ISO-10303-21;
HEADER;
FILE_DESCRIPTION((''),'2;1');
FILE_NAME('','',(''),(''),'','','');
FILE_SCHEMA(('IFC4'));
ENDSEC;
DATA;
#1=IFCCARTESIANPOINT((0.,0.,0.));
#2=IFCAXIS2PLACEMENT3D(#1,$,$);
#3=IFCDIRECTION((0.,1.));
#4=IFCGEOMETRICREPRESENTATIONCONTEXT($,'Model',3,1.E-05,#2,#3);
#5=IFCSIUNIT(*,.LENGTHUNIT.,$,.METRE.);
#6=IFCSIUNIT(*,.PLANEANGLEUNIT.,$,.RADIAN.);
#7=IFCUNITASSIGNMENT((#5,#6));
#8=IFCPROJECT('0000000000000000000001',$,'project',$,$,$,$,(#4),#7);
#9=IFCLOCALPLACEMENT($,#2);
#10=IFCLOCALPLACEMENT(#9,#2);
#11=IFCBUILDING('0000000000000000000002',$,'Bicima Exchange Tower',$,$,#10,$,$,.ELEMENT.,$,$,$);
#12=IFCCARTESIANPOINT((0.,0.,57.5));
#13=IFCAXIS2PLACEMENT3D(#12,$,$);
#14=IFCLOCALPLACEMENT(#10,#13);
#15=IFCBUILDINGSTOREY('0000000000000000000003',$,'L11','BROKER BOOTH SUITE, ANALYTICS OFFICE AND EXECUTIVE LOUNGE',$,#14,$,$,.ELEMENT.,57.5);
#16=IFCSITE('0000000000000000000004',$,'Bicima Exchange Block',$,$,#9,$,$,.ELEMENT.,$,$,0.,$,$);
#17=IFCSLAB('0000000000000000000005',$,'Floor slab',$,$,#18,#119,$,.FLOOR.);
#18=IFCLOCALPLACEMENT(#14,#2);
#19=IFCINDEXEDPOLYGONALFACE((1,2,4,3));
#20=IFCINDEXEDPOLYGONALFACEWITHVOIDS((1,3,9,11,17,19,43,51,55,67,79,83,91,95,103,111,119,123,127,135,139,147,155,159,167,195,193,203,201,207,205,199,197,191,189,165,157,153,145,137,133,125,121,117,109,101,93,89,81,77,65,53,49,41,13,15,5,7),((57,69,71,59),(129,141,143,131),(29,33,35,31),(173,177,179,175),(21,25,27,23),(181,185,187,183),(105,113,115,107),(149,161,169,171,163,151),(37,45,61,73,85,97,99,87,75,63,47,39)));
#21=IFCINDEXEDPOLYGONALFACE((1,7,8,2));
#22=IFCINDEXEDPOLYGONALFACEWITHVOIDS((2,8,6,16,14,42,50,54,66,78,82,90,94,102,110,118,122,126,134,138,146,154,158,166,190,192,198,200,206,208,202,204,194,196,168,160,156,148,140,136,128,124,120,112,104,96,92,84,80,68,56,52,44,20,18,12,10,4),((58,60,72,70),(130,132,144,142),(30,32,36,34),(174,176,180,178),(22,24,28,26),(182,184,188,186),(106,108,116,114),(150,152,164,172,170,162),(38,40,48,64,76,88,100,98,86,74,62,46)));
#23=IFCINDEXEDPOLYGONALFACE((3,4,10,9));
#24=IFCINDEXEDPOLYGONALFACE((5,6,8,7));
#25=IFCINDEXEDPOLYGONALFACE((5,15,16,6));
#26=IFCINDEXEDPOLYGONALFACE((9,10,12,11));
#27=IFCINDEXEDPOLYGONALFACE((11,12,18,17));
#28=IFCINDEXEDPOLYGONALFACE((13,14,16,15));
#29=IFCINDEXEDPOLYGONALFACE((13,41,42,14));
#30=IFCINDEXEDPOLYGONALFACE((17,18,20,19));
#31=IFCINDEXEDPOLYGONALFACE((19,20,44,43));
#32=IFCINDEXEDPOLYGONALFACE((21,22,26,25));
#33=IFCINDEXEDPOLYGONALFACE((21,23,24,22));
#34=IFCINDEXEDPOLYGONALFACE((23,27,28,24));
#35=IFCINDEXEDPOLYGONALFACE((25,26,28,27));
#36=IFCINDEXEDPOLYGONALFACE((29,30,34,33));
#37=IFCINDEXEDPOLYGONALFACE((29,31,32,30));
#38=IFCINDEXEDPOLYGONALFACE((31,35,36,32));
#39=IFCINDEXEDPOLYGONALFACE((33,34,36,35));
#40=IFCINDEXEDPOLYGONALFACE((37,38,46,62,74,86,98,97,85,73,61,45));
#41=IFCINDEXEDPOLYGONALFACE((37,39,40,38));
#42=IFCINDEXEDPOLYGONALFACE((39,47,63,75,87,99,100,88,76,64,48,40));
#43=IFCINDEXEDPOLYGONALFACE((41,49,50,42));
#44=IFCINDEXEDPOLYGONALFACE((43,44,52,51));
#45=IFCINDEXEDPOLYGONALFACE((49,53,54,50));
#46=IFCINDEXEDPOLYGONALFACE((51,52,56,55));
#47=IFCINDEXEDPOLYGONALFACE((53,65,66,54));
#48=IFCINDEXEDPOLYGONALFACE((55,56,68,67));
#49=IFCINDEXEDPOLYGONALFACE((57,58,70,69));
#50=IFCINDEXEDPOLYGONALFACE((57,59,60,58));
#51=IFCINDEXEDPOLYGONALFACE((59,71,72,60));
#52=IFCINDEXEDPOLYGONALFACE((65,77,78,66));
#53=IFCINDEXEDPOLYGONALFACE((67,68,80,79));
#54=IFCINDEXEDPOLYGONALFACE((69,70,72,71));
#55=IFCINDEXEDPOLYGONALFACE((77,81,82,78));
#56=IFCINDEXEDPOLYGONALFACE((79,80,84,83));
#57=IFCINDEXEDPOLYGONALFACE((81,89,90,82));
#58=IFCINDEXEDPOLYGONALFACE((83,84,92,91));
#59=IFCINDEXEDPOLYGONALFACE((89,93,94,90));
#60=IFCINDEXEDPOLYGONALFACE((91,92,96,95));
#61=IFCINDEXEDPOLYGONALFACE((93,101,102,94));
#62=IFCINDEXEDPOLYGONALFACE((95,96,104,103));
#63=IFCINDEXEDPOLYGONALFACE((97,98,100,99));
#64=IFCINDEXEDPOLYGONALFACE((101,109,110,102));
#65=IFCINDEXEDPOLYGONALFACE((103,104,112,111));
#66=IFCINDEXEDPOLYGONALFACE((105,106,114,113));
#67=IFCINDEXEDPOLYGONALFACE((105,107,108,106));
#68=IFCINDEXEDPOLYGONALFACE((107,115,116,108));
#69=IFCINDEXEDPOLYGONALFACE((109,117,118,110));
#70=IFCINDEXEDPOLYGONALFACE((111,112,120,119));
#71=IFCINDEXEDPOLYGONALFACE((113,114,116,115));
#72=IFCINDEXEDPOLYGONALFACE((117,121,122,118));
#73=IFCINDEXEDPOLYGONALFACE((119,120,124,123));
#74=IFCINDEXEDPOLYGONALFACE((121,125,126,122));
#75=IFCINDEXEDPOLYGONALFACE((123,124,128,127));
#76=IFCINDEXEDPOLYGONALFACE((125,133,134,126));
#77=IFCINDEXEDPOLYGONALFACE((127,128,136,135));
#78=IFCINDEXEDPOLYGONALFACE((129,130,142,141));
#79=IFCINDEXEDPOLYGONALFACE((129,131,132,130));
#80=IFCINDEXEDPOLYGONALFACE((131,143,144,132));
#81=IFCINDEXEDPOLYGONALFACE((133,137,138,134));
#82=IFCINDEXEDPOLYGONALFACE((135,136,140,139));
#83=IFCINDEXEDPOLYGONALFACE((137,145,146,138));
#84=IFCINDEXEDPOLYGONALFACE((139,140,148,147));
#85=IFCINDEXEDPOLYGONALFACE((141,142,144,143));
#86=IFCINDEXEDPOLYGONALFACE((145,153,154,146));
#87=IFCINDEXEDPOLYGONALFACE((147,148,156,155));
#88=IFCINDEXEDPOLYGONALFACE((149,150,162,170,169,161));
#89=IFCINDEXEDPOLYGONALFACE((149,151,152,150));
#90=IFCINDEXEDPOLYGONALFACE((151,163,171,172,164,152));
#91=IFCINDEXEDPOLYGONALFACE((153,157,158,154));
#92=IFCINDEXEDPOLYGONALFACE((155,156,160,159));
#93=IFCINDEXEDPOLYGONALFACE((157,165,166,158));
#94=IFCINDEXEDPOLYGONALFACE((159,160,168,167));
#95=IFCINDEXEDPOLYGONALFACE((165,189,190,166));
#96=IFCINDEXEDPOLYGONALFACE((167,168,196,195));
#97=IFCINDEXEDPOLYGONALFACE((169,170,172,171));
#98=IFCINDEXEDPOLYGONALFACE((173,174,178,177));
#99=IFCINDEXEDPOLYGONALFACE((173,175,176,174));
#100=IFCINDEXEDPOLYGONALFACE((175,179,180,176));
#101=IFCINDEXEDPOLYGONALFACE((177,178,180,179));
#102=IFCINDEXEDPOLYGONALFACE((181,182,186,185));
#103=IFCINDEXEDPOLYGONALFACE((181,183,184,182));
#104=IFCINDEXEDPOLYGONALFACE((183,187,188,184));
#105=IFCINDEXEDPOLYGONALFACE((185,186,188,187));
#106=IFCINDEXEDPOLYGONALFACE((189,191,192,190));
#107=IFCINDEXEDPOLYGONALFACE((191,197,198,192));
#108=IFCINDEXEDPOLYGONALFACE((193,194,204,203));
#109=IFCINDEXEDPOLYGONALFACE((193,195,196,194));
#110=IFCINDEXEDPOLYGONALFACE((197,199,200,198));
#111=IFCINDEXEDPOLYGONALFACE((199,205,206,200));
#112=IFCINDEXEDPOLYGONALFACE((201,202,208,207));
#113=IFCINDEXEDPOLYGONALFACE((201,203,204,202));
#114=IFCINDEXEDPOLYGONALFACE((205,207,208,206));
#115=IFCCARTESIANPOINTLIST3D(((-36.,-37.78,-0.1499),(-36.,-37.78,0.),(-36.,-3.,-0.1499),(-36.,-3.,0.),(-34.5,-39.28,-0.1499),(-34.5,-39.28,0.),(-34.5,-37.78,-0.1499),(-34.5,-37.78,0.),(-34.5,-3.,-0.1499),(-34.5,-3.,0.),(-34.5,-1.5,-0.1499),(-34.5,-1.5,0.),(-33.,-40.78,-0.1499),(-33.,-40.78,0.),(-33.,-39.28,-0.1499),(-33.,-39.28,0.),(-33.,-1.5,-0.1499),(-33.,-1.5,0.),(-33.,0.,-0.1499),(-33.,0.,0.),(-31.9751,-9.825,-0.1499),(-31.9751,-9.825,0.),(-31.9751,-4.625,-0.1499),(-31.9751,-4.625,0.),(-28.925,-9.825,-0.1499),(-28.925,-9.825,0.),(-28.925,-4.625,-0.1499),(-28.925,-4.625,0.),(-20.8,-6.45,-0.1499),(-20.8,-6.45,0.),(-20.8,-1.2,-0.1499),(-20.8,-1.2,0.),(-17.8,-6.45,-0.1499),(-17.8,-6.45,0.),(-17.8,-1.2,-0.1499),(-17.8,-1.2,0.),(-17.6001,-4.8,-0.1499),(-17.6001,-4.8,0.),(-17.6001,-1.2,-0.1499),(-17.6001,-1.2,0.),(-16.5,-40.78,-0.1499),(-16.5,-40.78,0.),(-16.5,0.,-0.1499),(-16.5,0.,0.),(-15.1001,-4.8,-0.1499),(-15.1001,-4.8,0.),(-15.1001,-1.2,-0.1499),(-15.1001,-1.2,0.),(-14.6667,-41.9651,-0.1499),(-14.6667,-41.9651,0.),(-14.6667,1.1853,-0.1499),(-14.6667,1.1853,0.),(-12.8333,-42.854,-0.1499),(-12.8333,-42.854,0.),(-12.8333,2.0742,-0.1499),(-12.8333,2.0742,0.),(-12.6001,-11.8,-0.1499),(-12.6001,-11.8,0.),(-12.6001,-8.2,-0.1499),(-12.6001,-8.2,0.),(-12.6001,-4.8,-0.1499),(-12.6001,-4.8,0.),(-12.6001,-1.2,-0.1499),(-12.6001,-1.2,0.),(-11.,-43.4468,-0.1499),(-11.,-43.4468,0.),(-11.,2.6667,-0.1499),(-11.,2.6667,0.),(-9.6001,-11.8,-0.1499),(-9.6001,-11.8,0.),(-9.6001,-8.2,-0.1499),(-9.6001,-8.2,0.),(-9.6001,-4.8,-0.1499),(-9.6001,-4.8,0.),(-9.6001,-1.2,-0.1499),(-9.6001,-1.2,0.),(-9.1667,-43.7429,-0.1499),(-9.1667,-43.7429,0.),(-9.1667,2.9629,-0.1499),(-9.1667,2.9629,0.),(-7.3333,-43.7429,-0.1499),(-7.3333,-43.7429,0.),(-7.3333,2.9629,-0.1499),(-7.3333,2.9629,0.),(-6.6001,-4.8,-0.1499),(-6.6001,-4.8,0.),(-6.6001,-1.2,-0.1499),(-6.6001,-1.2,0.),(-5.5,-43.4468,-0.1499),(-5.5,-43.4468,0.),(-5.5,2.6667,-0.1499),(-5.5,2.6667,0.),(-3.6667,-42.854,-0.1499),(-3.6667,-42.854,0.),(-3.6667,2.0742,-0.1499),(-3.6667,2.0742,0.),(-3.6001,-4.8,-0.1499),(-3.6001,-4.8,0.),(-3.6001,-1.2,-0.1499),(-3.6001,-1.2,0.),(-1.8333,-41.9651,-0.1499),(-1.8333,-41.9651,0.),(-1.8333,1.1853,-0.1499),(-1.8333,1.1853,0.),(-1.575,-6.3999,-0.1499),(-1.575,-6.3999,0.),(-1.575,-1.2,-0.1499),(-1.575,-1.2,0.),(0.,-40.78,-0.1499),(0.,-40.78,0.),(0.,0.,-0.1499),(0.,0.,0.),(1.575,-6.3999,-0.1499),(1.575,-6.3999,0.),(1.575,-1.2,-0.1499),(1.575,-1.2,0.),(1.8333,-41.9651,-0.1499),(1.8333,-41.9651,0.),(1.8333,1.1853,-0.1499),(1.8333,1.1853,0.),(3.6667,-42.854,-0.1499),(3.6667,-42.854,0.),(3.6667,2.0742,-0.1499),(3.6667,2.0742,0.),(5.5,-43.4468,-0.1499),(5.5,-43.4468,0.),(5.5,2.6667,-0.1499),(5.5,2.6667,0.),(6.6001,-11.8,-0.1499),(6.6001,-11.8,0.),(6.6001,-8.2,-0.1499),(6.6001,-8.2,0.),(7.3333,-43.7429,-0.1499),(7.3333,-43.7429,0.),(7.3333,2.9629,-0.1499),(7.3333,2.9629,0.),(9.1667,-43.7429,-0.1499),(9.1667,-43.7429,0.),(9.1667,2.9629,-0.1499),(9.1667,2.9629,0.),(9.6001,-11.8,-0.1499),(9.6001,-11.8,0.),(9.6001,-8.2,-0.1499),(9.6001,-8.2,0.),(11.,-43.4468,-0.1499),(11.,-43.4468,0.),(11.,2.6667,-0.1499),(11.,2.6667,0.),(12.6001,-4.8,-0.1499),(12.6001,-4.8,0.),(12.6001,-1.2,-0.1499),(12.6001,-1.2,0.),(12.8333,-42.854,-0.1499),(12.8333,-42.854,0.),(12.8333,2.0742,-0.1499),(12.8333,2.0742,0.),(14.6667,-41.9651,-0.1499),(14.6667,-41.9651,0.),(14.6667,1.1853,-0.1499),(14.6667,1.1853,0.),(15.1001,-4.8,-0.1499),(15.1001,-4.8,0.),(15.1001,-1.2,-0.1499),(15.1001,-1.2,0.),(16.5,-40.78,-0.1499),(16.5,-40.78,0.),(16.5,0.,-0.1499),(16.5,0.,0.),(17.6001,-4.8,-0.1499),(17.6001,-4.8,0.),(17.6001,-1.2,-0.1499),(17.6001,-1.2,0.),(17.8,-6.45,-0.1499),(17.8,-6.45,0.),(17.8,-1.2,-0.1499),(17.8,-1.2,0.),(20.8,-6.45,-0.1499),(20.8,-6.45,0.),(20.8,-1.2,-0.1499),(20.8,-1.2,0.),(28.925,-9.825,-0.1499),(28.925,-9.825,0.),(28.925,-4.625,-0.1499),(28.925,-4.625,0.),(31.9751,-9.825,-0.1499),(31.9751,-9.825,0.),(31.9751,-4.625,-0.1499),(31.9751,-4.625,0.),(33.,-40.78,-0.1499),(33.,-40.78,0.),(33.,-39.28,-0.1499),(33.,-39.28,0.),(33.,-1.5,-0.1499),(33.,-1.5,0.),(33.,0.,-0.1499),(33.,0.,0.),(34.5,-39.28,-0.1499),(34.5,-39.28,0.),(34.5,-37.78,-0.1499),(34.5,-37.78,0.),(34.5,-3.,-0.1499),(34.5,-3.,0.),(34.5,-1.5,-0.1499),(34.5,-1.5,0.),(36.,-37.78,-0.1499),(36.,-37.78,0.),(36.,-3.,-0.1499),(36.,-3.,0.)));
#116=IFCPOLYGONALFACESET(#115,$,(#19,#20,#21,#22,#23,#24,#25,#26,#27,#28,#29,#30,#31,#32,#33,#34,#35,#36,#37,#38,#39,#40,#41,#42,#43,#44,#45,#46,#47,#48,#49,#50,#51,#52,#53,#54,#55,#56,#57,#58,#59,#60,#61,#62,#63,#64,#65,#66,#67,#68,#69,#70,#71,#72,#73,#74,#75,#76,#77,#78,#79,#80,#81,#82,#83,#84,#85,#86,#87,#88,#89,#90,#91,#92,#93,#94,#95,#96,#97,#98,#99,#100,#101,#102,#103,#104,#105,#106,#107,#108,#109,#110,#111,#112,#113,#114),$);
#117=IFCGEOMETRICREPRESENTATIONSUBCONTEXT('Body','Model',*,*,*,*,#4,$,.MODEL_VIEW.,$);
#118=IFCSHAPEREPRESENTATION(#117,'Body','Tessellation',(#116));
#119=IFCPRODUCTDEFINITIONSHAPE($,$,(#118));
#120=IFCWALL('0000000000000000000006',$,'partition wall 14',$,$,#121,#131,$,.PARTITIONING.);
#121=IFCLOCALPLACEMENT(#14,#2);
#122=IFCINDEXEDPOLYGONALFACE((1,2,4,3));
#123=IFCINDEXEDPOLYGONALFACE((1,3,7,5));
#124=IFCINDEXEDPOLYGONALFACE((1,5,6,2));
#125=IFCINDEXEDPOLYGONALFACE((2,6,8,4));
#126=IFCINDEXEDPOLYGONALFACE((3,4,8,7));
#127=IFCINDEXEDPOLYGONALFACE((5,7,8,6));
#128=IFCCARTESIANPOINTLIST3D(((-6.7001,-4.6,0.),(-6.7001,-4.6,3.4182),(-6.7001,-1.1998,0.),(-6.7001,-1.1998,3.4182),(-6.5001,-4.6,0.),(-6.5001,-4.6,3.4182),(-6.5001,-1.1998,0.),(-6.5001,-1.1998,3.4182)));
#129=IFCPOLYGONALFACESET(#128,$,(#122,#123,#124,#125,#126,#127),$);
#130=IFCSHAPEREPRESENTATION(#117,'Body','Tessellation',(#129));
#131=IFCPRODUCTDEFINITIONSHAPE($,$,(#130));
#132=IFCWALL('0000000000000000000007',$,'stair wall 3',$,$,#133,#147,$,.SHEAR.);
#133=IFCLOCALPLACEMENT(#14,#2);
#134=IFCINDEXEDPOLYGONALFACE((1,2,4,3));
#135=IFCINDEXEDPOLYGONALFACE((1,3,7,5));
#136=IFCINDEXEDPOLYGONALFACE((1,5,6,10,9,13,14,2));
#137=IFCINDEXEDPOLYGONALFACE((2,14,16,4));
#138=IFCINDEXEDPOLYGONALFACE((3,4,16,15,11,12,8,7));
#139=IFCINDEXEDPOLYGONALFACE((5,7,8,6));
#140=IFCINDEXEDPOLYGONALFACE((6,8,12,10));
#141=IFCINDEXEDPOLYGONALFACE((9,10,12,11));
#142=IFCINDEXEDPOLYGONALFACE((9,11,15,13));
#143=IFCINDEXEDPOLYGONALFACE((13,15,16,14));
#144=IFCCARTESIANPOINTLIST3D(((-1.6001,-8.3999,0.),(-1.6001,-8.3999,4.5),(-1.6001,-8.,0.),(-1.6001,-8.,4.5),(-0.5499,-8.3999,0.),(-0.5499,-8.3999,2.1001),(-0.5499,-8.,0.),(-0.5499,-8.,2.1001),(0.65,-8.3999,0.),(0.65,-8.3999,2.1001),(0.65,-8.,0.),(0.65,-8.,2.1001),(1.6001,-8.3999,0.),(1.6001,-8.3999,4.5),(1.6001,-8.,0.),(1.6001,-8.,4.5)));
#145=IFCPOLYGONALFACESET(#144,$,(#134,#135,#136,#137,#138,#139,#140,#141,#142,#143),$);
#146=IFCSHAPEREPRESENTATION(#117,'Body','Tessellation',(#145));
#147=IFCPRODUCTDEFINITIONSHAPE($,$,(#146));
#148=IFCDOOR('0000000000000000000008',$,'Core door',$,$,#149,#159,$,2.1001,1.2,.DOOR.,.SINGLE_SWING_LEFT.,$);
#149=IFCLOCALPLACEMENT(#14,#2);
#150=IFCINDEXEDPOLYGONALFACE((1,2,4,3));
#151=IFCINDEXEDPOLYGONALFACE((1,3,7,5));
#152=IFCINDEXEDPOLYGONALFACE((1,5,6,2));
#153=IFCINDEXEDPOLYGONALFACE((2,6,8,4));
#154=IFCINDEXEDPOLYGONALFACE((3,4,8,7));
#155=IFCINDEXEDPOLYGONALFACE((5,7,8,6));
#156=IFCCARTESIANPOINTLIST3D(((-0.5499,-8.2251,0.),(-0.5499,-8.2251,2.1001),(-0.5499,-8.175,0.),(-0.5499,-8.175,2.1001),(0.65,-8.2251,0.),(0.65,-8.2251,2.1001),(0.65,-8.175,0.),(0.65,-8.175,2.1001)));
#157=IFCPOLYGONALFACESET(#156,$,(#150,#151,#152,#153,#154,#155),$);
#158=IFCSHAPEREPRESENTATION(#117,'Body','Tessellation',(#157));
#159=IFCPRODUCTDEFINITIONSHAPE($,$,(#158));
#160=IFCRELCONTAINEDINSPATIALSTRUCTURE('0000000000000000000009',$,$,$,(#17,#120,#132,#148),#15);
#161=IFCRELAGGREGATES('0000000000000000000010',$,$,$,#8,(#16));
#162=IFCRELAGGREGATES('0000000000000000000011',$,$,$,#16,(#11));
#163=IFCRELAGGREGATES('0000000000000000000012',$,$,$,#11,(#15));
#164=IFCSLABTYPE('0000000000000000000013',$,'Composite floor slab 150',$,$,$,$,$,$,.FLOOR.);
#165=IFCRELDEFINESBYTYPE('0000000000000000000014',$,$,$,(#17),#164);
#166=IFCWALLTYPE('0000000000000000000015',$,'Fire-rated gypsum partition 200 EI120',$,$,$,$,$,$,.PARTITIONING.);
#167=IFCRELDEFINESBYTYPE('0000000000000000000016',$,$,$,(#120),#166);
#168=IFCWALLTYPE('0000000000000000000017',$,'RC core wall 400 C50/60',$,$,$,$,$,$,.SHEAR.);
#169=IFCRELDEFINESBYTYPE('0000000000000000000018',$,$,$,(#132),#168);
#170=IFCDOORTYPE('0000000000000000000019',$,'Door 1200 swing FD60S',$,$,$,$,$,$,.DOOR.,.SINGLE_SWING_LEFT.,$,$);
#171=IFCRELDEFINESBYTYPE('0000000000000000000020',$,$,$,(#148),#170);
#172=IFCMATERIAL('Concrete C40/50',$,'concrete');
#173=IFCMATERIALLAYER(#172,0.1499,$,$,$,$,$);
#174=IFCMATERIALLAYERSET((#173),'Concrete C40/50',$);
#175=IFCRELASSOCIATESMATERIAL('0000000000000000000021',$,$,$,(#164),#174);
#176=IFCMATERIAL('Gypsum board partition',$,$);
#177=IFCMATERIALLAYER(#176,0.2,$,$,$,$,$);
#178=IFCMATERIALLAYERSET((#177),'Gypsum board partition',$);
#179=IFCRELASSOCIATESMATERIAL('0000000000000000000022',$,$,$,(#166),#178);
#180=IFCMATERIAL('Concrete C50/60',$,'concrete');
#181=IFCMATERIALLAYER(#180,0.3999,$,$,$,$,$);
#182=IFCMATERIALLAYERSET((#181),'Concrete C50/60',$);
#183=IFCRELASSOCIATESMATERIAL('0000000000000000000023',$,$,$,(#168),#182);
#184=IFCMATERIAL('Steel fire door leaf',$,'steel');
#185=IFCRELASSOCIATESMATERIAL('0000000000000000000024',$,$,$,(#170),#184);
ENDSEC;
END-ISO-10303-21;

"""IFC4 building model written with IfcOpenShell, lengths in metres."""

from ifc_helpers import new_model, si_unit, direction, frame, frame_2d, origin, place, context, subcontext, project, spatial, polyline, rectangle, outline, extrude, material, layer, layer_set, type_object, element, fill, save


model = new_model("IFC4")

# Units and contexts
model_context = context("Model", 3, precision=1e-05, world=origin(), true_north=direction((0.0, 1.0)))
body_context = subcontext(model_context, "Body", "Model", "MODEL_VIEW")
ifc_project = project(units=[si_unit("LENGTHUNIT", "METRE"), si_unit("PLANEANGLEUNIT", "RADIAN")], contexts=[model_context])

# Site, building, storey
site_placement = place(None, origin())
site = spatial("IfcSite", under=ifc_project, at=site_placement, Name="Bicima Exchange Block", CompositionType="ELEMENT", RefElevation=0.0)
building_placement = place(site_placement, origin())
building = spatial("IfcBuilding", under=site, at=building_placement, Name="Bicima Exchange Tower", CompositionType="ELEMENT")
storey_placement = place(building_placement, frame((0.0, 0.0, 57.5)))
storey = spatial("IfcBuildingStorey", under=building, at=storey_placement, Name="L11", Description="BROKER BOOTH SUITE, ANALYTICS OFFICE AND EXECUTIVE LOUNGE", CompositionType="ELEMENT", Elevation=57.5)

# Slab
ifc_material_1 = material(Name="Concrete C40/50", Category="concrete")
ifc_layer_1 = layer(ifc_material_1, 0.1499)
ifc_layer_set_1 = layer_set([ifc_layer_1], Name="Concrete C40/50")
slab_type = type_object("IfcSlabType", Name="Composite floor slab 150", PredefinedType="FLOOR", material=ifc_layer_set_1)
slab_placement = place(storey_placement, frame((0.0, 0.0, -0.1499)))
element("IfcSlab", 1, at=slab_placement, inside=storey, type_object=slab_type, Name="Floor slab", PredefinedType="FLOOR", context=body_context, shape_type="SweptSolid", body=[
    extrude(outline(polyline([(-36.0, -37.78), (-36.0, -3.0), (-34.5, -3.0), (-34.5, -1.5), (-33.0, -1.5), (-33.0, 0.0), (-16.5, 0.0), (-14.6667, 1.1853), (-12.8333, 2.0742), (-11.0, 2.6667), (-9.1667, 2.9629), (-7.3333, 2.9629), (-5.5, 2.6667), (-3.6667, 2.0742), (-1.8333, 1.1853), (0.0, 0.0), (1.8333, 1.1853), (3.6667, 2.0742), (5.5, 2.6667), (7.3333, 2.9629), (9.1667, 2.9629), (11.0, 2.6667), (12.8333, 2.0742), (14.6667, 1.1853), (16.5, 0.0), (33.0, 0.0), (33.0, -1.5), (34.5, -1.5), (34.5, -3.0), (36.0, -3.0), (36.0, -37.78), (34.5, -37.78), (34.5, -39.28), (33.0, -39.28), (33.0, -40.78), (16.5, -40.78), (14.6667, -41.9651), (12.8333, -42.854), (11.0, -43.4468), (9.1667, -43.7429), (7.3333, -43.7429), (5.5, -43.4468), (3.6667, -42.854), (1.8333, -41.9651), (0.0, -40.78), (-1.8333, -41.9651), (-3.6667, -42.854), (-5.5, -43.4468), (-7.3333, -43.7429), (-9.1667, -43.7429), (-11.0, -43.4468), (-12.8333, -42.854), (-14.6667, -41.9651), (-16.5, -40.78), (-33.0, -40.78), (-33.0, -39.28), (-34.5, -39.28), (-34.5, -37.78), (-36.0, -37.78)]), holes=[polyline([(-9.6001, -11.8), (-9.6001, -8.2), (-12.6001, -8.2), (-12.6001, -11.8), (-9.6001, -11.8)]), polyline([(-31.9751, -9.825), (-28.925, -9.825), (-28.925, -4.625), (-31.9751, -4.625), (-31.9751, -9.825)]), polyline([(-20.8, -6.45), (-17.8, -6.45), (-17.8, -1.2), (-20.8, -1.2), (-20.8, -6.45)]), polyline([(-9.6001, -1.2), (-12.6001, -1.2), (-15.1001, -1.2), (-17.6001, -1.2), (-17.6001, -4.8), (-15.1001, -4.8), (-12.6001, -4.8), (-9.6001, -4.8), (-6.6001, -4.8), (-3.6001, -4.8), (-3.6001, -1.2), (-6.6001, -1.2), (-9.6001, -1.2)]), polyline([(9.6001, -11.8), (9.6001, -8.2), (6.6001, -8.2), (6.6001, -11.8), (9.6001, -11.8)]), polyline([(28.925, -9.825), (31.9751, -9.825), (31.9751, -4.625), (28.925, -4.625), (28.925, -9.825)]), polyline([(17.8, -6.45), (20.8, -6.45), (20.8, -1.2), (17.8, -1.2), (17.8, -6.45)]), polyline([(-1.575, -6.3999), (1.575, -6.3999), (1.575, -1.2), (-1.575, -1.2), (-1.575, -6.3999)]), polyline([(17.6001, -4.8), (17.6001, -1.2), (15.1001, -1.2), (12.6001, -1.2), (12.6001, -4.8), (15.1001, -4.8), (17.6001, -4.8)])]), origin(), (0.0, 0.0, 1.0), 0.1499),
])

# Wall
ifc_material_2 = material(Name="Gypsum board partition")
ifc_layer_2 = layer(ifc_material_2, 0.2)
ifc_layer_set_2 = layer_set([ifc_layer_2], Name="Gypsum board partition")
wall_type_1 = type_object("IfcWallType", Name="Fire-rated gypsum partition 200 EI120", PredefinedType="PARTITIONING", material=ifc_layer_set_2)
wall_1_placement = place(storey_placement, frame((-6.6001, -4.6001, 0.0), z_axis=(0.0, 0.0, 1.0), x_axis=(0.0, 1.0, 0.0)))
element("IfcWall", 2, at=wall_1_placement, inside=storey, type_object=wall_type_1, Name="partition wall 14", PredefinedType="PARTITIONING", context=body_context, shape_type="SweptSolid", body=[
    extrude(rectangle(XDim=3.4001, YDim=0.2, at=frame_2d((1.7002, 0.0))), origin(), (0.0, 0.0, 1.0), 3.4182),
])

# Wall, opening, door
ifc_material_3 = material(Name="Concrete C50/60", Category="concrete")
ifc_layer_3 = layer(ifc_material_3, 0.3999)
ifc_layer_set_3 = layer_set([ifc_layer_3], Name="Concrete C50/60")
wall_type_2 = type_object("IfcWallType", Name="RC core wall 400 C50/60", PredefinedType="SHEAR", material=ifc_layer_set_3)
wall_2_placement = place(storey_placement, frame((-1.6001, -8.2, 0.0), z_axis=(0.0, 0.0, 1.0), x_axis=(1.0, 0.0, 0.0)))
wall_2 = element("IfcWall", 3, at=wall_2_placement, inside=storey, type_object=wall_type_2, Name="stair wall 3", PredefinedType="SHEAR", context=body_context, shape_type="SweptSolid", body=[
    extrude(rectangle(XDim=3.2002, YDim=0.3999, at=frame_2d((1.6001, 0.0))), origin(), (0.0, 0.0, 1.0), 4.5),
])
opening_1_placement = place(wall_2_placement, frame((1.05, 0.0, 0.0)))
opening_1 = element("IfcOpeningElement", 4, at=opening_1_placement, cuts=wall_2, PredefinedType="OPENING", context=body_context, shape_type="SweptSolid", body=[
    extrude(rectangle(XDim=1.2, YDim=2.1001, at=frame_2d((0.6001, 1.05))), frame((0.0, 0.2119, 0.0), z_axis=(0.0, -1.0, 0.0), x_axis=(1.0, 0.0, 0.0)), (0.0, 0.0, 1.0), 0.4238),
])
ifc_material_4 = material(Name="Steel fire door leaf", Category="steel")
door_type_1 = type_object("IfcDoorType", Name="Door 1200 swing FD60S", OperationType="SINGLE_SWING_LEFT", PredefinedType="DOOR", material=ifc_material_4)
door_1_placement = place(opening_1_placement, origin())
door_1 = element("IfcDoor", 5, at=door_1_placement, inside=storey, type_object=door_type_1, Name="Core door", OperationType="SINGLE_SWING_LEFT", OverallHeight=2.1001, OverallWidth=1.2, PredefinedType="DOOR", context=body_context, shape_type="SweptSolid", body=[
    extrude(rectangle(XDim=1.2, YDim=2.1001, at=frame_2d((0.6001, 1.05))), frame((0.0, 0.0249, 0.0), z_axis=(0.0, -1.0, 0.0), x_axis=(1.0, 0.0, 0.0)), (0.0, 0.0, 1.0), 0.05),
])
fill(opening_1, door_1)

save(model, "model.ifc")
